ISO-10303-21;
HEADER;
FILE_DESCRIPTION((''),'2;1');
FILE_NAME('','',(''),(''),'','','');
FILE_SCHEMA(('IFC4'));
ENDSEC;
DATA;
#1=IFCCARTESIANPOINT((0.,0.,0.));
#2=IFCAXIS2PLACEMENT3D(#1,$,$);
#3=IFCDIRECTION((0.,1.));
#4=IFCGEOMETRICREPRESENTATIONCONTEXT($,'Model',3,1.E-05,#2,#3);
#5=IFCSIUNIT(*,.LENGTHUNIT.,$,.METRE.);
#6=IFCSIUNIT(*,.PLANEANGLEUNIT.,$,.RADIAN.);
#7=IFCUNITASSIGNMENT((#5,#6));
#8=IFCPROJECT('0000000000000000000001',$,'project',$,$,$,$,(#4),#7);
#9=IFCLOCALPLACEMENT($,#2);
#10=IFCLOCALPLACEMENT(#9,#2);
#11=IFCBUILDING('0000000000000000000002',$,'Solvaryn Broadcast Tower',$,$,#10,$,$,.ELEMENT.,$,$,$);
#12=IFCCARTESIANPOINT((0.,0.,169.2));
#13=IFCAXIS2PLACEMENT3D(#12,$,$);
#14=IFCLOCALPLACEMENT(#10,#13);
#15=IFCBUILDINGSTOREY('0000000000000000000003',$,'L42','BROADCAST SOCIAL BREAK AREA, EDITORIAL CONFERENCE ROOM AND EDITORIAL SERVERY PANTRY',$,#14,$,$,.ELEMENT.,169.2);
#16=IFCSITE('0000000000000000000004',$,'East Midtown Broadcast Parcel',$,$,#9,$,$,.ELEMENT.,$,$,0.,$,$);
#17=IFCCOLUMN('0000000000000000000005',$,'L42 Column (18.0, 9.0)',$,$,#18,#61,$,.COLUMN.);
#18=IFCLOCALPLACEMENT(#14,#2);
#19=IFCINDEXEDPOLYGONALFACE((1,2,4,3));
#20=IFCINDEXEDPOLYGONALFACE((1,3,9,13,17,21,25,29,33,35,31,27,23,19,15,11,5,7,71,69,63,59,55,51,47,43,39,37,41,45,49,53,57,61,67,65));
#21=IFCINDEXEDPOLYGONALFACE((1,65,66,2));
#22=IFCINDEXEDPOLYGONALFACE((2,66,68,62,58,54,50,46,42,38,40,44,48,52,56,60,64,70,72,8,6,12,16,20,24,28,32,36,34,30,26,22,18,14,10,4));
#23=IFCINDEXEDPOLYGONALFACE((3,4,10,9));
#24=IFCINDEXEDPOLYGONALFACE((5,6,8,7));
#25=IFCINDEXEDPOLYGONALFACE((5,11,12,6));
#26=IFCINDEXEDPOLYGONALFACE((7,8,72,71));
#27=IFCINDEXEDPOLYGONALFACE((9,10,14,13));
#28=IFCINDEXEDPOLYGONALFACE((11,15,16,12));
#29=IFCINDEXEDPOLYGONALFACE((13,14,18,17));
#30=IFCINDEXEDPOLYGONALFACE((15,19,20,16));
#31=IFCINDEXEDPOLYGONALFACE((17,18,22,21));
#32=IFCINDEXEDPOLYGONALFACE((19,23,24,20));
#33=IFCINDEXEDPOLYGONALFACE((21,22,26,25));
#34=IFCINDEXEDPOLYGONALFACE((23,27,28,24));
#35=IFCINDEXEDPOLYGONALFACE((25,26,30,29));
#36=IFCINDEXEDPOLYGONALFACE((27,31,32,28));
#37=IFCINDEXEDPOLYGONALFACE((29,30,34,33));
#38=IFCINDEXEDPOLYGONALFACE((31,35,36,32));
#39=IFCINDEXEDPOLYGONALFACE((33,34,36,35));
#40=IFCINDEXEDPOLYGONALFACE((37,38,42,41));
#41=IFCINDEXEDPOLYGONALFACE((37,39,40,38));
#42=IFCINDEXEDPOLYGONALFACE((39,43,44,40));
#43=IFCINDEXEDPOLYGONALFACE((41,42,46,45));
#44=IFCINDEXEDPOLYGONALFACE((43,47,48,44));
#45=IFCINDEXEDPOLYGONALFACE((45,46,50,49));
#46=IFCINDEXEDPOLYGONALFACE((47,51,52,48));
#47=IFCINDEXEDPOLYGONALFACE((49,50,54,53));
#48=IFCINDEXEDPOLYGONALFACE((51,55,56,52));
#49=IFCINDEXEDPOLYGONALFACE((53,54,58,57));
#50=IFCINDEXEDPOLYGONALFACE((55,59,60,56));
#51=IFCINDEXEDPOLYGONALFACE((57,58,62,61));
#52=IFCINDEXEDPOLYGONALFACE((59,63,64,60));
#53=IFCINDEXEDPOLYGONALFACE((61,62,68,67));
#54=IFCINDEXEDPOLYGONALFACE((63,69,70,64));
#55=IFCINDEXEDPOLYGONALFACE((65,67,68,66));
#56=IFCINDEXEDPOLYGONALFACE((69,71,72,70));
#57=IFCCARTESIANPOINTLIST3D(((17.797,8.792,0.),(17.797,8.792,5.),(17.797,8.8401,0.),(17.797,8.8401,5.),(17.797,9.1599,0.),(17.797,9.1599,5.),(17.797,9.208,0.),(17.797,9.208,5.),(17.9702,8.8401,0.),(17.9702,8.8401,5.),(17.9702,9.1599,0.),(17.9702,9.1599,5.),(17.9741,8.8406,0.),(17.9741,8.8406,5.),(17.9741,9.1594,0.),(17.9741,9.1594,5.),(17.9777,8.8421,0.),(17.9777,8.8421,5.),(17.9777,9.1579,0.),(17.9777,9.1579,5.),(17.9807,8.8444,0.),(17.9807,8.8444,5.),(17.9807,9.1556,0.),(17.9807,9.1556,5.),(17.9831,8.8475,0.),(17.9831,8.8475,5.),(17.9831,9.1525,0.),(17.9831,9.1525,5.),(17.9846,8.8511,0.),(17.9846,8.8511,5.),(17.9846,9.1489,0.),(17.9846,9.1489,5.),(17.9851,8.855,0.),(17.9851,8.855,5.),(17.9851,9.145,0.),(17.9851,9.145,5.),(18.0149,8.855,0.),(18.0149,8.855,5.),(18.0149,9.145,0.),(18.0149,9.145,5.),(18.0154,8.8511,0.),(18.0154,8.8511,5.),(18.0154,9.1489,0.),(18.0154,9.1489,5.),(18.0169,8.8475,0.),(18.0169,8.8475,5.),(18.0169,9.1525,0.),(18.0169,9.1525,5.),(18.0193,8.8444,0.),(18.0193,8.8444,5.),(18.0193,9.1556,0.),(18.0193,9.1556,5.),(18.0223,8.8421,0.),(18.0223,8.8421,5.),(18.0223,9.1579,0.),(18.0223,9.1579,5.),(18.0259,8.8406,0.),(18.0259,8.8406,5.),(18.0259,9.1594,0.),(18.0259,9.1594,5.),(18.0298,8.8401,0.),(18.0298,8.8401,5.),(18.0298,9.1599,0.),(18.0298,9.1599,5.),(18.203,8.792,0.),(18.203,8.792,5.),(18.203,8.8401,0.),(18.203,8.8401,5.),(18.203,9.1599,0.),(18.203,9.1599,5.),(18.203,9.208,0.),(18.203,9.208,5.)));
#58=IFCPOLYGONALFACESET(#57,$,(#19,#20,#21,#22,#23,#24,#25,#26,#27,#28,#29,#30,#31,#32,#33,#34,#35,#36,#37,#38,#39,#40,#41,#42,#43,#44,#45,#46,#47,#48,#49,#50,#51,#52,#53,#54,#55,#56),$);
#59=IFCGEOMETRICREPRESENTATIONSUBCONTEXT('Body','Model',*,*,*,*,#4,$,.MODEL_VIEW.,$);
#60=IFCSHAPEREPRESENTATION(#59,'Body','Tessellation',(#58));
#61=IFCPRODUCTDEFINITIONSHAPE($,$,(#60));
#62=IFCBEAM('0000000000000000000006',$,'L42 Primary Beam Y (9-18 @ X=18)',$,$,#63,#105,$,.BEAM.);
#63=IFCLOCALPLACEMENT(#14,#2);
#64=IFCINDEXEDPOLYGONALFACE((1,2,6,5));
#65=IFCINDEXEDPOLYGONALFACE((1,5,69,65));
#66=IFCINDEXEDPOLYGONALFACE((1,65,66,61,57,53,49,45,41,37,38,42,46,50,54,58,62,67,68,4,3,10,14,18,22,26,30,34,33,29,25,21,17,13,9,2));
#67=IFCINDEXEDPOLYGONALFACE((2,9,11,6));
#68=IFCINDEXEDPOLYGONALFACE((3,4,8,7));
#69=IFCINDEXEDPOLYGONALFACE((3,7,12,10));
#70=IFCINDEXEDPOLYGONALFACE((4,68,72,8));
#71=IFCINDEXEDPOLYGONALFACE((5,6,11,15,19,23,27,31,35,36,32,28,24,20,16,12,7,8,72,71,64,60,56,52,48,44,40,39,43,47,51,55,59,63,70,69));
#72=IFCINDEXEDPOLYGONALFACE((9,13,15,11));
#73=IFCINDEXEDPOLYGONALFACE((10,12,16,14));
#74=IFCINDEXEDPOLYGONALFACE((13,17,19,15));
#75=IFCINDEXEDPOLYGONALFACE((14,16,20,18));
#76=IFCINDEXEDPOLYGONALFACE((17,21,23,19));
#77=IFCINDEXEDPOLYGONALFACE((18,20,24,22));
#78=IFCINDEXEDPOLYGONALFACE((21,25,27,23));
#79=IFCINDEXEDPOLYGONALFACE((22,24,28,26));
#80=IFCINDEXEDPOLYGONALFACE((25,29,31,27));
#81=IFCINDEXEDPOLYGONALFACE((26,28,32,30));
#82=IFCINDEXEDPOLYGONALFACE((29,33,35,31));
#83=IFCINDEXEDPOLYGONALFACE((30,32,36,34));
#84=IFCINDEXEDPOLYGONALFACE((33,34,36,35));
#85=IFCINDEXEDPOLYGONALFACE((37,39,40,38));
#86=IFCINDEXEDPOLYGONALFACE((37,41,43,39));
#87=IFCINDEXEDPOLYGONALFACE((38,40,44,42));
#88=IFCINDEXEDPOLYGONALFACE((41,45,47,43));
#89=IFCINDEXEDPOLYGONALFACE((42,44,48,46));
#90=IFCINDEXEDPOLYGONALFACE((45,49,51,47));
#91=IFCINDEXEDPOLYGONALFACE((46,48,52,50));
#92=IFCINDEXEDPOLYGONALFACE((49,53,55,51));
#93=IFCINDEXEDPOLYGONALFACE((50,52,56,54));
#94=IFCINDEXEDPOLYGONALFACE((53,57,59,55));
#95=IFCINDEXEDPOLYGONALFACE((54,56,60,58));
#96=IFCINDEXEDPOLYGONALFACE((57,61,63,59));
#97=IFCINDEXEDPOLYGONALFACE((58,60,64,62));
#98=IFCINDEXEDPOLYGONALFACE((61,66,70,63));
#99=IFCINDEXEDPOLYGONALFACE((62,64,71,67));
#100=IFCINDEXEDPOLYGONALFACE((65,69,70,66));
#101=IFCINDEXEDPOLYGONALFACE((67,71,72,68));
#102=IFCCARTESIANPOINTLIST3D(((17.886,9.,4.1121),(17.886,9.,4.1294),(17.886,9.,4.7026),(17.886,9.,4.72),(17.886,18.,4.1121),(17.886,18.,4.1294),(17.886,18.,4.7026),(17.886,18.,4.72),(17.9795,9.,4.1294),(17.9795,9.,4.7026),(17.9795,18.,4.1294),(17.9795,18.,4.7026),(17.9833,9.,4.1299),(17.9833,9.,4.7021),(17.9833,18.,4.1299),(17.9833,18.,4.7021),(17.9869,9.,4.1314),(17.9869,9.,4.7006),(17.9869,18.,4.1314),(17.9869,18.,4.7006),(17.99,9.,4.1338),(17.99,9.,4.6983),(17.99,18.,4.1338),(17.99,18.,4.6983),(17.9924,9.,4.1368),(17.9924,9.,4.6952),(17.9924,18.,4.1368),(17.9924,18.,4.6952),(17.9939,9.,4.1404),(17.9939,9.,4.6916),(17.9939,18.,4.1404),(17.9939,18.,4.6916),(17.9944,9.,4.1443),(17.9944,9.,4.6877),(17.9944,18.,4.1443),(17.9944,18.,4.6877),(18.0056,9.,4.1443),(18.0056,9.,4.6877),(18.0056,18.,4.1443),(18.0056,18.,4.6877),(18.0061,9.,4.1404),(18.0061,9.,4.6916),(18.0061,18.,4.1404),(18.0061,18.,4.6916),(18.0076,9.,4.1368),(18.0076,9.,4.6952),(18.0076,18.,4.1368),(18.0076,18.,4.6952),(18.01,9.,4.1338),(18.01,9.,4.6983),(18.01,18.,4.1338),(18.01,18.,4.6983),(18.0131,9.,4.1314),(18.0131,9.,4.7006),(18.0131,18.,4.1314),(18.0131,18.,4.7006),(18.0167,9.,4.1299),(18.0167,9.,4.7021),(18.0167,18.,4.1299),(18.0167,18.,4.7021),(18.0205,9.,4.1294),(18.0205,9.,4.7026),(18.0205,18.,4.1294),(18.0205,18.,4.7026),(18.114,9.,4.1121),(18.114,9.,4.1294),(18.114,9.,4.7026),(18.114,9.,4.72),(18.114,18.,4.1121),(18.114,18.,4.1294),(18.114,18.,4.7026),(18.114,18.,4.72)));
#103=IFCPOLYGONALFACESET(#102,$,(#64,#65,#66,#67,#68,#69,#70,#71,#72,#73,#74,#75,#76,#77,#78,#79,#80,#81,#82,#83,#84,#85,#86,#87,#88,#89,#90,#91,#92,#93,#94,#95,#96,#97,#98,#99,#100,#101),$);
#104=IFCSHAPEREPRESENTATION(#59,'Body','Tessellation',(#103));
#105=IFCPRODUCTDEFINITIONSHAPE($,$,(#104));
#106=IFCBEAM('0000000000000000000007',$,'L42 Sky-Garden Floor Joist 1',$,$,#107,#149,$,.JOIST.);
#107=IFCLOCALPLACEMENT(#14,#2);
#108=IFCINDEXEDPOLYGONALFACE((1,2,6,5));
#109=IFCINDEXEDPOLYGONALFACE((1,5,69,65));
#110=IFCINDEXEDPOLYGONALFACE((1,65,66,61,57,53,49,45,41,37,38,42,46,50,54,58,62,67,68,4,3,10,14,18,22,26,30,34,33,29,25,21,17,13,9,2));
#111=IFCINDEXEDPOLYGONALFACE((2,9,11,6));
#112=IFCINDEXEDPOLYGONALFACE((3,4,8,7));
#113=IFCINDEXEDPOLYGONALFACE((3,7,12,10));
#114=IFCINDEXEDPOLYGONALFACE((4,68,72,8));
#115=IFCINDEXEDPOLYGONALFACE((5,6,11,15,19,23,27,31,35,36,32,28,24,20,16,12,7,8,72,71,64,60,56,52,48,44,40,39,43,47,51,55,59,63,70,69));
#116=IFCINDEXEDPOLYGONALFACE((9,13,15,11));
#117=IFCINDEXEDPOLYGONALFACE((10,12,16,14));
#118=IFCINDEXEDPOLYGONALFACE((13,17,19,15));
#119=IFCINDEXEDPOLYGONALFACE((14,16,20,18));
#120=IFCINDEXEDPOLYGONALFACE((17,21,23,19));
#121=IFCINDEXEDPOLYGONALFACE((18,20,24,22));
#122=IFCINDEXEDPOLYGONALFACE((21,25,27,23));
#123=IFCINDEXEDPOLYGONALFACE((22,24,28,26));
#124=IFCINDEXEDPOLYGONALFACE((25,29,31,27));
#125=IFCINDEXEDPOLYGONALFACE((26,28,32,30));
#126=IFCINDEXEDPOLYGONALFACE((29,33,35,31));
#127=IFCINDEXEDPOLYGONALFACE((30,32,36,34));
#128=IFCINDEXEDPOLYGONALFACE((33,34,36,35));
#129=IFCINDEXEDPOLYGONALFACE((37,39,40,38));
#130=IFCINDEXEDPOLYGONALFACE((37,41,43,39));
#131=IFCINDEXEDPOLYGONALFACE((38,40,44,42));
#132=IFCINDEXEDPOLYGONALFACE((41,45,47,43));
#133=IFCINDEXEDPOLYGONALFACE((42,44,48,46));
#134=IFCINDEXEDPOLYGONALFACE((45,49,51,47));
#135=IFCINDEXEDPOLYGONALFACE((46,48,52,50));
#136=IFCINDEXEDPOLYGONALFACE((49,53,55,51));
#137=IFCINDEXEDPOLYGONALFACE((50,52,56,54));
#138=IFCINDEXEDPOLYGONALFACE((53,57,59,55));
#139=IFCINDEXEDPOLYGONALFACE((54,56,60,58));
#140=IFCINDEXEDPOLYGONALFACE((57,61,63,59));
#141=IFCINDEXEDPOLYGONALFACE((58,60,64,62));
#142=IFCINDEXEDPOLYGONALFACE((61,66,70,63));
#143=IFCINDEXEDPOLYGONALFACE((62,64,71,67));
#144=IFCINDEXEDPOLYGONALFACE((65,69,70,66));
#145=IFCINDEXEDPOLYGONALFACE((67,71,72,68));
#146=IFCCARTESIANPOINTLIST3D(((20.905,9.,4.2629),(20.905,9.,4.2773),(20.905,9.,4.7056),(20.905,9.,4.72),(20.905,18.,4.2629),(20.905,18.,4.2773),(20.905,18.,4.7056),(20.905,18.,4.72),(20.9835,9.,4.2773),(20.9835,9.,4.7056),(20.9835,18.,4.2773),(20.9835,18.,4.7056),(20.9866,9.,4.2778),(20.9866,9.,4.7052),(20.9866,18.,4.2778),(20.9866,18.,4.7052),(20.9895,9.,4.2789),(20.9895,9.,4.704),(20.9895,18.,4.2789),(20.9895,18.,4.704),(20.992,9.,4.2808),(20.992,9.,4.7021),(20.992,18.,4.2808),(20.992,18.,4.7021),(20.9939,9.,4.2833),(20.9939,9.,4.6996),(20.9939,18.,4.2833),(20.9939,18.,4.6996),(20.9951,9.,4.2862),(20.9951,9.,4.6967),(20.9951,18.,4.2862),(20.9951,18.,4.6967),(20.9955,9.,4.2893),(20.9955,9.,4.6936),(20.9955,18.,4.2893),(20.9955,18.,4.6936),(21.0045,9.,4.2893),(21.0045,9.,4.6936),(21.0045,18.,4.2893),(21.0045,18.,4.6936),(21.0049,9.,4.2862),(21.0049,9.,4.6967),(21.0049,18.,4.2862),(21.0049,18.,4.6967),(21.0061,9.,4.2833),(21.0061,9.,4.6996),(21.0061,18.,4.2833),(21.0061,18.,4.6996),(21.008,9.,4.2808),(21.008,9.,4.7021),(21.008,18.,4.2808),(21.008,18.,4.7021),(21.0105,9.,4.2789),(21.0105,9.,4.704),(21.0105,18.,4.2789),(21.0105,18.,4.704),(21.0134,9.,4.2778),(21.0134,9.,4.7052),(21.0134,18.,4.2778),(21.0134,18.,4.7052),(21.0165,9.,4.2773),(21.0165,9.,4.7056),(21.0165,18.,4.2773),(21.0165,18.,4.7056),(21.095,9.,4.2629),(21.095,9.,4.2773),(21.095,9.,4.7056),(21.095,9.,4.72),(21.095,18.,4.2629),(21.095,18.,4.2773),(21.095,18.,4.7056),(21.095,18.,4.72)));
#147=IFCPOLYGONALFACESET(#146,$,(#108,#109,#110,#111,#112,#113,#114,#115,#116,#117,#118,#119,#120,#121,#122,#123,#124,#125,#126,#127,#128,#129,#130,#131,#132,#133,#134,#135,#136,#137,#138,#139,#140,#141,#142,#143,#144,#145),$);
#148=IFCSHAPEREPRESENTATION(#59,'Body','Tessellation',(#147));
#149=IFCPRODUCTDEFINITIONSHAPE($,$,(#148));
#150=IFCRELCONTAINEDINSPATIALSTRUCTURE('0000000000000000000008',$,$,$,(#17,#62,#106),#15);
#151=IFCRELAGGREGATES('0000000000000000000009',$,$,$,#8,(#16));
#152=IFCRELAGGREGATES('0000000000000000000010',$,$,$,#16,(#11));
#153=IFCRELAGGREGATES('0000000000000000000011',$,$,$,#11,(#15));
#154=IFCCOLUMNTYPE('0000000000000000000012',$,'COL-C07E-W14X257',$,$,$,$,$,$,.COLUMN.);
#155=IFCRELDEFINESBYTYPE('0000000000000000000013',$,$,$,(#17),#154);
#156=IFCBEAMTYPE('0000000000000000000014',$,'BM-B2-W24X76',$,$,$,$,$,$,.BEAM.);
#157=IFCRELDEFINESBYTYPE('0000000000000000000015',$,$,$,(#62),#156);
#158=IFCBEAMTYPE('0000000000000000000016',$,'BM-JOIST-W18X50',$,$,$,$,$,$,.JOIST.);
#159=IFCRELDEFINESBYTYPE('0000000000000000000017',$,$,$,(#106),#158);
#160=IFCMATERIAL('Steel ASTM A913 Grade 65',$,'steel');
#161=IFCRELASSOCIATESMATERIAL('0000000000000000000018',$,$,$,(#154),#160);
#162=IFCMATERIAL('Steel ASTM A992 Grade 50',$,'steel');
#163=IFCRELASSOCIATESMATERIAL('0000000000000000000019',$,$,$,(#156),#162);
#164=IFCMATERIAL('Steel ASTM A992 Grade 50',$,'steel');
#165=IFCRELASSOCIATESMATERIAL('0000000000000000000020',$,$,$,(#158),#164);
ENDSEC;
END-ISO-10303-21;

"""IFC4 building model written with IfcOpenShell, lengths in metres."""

from ifc_helpers import new_model, si_unit, direction, frame, origin, origin_2d, place, context, subcontext, project, spatial, i_section, extrude, material, material_profile, profile_set, type_object, element, save


model = new_model("IFC4")

# Units and contexts
model_context = context("Model", 3, precision=1e-05, world=origin(), true_north=direction((0.0, 1.0)))
body_context = subcontext(model_context, "Body", "Model", "MODEL_VIEW")
ifc_project = project(units=[si_unit("LENGTHUNIT", "METRE"), si_unit("PLANEANGLEUNIT", "RADIAN")], contexts=[model_context])

# Site, building, storey
site_placement = place(None, origin())
site = spatial("IfcSite", under=ifc_project, at=site_placement, Name="East Midtown Broadcast Parcel", CompositionType="ELEMENT", RefElevation=0.0)
building_placement = place(site_placement, origin())
building = spatial("IfcBuilding", under=site, at=building_placement, Name="Solvaryn Broadcast Tower", CompositionType="ELEMENT")
storey_placement = place(building_placement, frame((0.0, 0.0, 169.2)))
storey = spatial("IfcBuildingStorey", under=building, at=storey_placement, Name="L42", Description="BROADCAST SOCIAL BREAK AREA, EDITORIAL CONFERENCE ROOM AND EDITORIAL SERVERY PANTRY", CompositionType="ELEMENT", Elevation=169.2)

# Column
ifc_material_1 = material(Name="Steel ASTM A913 Grade 65", Category="steel")
ifc_material_profile_1 = material_profile(ifc_material_1, i_section(OverallWidth=0.406, OverallDepth=0.416, WebThickness=0.0298, FlangeThickness=0.0481, FilletRadius=0.0149, at=origin_2d()))
ifc_profile_set_1 = profile_set([ifc_material_profile_1], Name="Steel ASTM A913 Grade 65")
column_type = type_object("IfcColumnType", Name="COL-C07E-W14X257", PredefinedType="COLUMN", material=ifc_profile_set_1)
column_placement = place(storey_placement, frame((18.0, 9.0, 0.0), z_axis=(0.0, 0.0, 1.0), x_axis=(1.0, 0.0, 0.0)))
element("IfcColumn", 1, at=column_placement, inside=storey, type_object=column_type, Name="L42 Column (18.0, 9.0)", PredefinedType="COLUMN", context=body_context, shape_type="SweptSolid", body=[
    extrude(i_section(OverallWidth=0.406, OverallDepth=0.416, WebThickness=0.0298, FlangeThickness=0.0481, FilletRadius=0.0149, at=origin_2d()), origin(), (0.0, 0.0, 1.0), 5.0),
])

# Beams
ifc_material_2 = material(Name="Steel ASTM A992 Grade 50", Category="steel")
ifc_material_profile_2 = material_profile(ifc_material_2, i_section(OverallWidth=0.228, OverallDepth=0.6079, WebThickness=0.0112, FlangeThickness=0.0173, FilletRadius=0.0149, at=origin_2d()))
ifc_profile_set_2 = profile_set([ifc_material_profile_2], Name="Steel ASTM A992 Grade 50")
beam_type_1 = type_object("IfcBeamType", Name="BM-B2-W24X76", PredefinedType="BEAM", material=ifc_profile_set_2)
beam_1_placement = place(storey_placement, frame((18.0, 9.0, 4.416), z_axis=(0.0, 1.0, 0.0), x_axis=(-1.0, 0.0, 0.0)))
element("IfcBeam", 2, at=beam_1_placement, inside=storey, type_object=beam_type_1, Name="L42 Primary Beam Y (9-18 @ X=18)", PredefinedType="BEAM", context=body_context, shape_type="SweptSolid", body=[
    extrude(i_section(OverallWidth=0.228, OverallDepth=0.6079, WebThickness=0.0112, FlangeThickness=0.0173, FilletRadius=0.0149, at=origin_2d()), origin(), (0.0, 0.0, 1.0), 9.0),
])
ifc_material_3 = material(Name="Steel ASTM A992 Grade 50", Category="steel")
ifc_material_profile_3 = material_profile(ifc_material_3, i_section(OverallWidth=0.1899, OverallDepth=0.457, WebThickness=0.009, FlangeThickness=0.0144, FilletRadius=0.012, at=origin_2d()))
ifc_profile_set_3 = profile_set([ifc_material_profile_3], Name="Steel ASTM A992 Grade 50")
beam_type_2 = type_object("IfcBeamType", Name="BM-JOIST-W18X50", PredefinedType="JOIST", material=ifc_profile_set_3)
beam_2_placement = place(storey_placement, frame((21.0, 9.0, 4.4915), z_axis=(0.0, 1.0, 0.0), x_axis=(-1.0, 0.0, 0.0)))
element("IfcBeam", 3, at=beam_2_placement, inside=storey, type_object=beam_type_2, Name="L42 Sky-Garden Floor Joist 1", PredefinedType="JOIST", context=body_context, shape_type="SweptSolid", body=[
    extrude(i_section(OverallWidth=0.1899, OverallDepth=0.457, WebThickness=0.009, FlangeThickness=0.0144, FilletRadius=0.012, at=origin_2d()), origin(), (0.0, 0.0, 1.0), 9.0),
])

save(model, "model.ifc")
